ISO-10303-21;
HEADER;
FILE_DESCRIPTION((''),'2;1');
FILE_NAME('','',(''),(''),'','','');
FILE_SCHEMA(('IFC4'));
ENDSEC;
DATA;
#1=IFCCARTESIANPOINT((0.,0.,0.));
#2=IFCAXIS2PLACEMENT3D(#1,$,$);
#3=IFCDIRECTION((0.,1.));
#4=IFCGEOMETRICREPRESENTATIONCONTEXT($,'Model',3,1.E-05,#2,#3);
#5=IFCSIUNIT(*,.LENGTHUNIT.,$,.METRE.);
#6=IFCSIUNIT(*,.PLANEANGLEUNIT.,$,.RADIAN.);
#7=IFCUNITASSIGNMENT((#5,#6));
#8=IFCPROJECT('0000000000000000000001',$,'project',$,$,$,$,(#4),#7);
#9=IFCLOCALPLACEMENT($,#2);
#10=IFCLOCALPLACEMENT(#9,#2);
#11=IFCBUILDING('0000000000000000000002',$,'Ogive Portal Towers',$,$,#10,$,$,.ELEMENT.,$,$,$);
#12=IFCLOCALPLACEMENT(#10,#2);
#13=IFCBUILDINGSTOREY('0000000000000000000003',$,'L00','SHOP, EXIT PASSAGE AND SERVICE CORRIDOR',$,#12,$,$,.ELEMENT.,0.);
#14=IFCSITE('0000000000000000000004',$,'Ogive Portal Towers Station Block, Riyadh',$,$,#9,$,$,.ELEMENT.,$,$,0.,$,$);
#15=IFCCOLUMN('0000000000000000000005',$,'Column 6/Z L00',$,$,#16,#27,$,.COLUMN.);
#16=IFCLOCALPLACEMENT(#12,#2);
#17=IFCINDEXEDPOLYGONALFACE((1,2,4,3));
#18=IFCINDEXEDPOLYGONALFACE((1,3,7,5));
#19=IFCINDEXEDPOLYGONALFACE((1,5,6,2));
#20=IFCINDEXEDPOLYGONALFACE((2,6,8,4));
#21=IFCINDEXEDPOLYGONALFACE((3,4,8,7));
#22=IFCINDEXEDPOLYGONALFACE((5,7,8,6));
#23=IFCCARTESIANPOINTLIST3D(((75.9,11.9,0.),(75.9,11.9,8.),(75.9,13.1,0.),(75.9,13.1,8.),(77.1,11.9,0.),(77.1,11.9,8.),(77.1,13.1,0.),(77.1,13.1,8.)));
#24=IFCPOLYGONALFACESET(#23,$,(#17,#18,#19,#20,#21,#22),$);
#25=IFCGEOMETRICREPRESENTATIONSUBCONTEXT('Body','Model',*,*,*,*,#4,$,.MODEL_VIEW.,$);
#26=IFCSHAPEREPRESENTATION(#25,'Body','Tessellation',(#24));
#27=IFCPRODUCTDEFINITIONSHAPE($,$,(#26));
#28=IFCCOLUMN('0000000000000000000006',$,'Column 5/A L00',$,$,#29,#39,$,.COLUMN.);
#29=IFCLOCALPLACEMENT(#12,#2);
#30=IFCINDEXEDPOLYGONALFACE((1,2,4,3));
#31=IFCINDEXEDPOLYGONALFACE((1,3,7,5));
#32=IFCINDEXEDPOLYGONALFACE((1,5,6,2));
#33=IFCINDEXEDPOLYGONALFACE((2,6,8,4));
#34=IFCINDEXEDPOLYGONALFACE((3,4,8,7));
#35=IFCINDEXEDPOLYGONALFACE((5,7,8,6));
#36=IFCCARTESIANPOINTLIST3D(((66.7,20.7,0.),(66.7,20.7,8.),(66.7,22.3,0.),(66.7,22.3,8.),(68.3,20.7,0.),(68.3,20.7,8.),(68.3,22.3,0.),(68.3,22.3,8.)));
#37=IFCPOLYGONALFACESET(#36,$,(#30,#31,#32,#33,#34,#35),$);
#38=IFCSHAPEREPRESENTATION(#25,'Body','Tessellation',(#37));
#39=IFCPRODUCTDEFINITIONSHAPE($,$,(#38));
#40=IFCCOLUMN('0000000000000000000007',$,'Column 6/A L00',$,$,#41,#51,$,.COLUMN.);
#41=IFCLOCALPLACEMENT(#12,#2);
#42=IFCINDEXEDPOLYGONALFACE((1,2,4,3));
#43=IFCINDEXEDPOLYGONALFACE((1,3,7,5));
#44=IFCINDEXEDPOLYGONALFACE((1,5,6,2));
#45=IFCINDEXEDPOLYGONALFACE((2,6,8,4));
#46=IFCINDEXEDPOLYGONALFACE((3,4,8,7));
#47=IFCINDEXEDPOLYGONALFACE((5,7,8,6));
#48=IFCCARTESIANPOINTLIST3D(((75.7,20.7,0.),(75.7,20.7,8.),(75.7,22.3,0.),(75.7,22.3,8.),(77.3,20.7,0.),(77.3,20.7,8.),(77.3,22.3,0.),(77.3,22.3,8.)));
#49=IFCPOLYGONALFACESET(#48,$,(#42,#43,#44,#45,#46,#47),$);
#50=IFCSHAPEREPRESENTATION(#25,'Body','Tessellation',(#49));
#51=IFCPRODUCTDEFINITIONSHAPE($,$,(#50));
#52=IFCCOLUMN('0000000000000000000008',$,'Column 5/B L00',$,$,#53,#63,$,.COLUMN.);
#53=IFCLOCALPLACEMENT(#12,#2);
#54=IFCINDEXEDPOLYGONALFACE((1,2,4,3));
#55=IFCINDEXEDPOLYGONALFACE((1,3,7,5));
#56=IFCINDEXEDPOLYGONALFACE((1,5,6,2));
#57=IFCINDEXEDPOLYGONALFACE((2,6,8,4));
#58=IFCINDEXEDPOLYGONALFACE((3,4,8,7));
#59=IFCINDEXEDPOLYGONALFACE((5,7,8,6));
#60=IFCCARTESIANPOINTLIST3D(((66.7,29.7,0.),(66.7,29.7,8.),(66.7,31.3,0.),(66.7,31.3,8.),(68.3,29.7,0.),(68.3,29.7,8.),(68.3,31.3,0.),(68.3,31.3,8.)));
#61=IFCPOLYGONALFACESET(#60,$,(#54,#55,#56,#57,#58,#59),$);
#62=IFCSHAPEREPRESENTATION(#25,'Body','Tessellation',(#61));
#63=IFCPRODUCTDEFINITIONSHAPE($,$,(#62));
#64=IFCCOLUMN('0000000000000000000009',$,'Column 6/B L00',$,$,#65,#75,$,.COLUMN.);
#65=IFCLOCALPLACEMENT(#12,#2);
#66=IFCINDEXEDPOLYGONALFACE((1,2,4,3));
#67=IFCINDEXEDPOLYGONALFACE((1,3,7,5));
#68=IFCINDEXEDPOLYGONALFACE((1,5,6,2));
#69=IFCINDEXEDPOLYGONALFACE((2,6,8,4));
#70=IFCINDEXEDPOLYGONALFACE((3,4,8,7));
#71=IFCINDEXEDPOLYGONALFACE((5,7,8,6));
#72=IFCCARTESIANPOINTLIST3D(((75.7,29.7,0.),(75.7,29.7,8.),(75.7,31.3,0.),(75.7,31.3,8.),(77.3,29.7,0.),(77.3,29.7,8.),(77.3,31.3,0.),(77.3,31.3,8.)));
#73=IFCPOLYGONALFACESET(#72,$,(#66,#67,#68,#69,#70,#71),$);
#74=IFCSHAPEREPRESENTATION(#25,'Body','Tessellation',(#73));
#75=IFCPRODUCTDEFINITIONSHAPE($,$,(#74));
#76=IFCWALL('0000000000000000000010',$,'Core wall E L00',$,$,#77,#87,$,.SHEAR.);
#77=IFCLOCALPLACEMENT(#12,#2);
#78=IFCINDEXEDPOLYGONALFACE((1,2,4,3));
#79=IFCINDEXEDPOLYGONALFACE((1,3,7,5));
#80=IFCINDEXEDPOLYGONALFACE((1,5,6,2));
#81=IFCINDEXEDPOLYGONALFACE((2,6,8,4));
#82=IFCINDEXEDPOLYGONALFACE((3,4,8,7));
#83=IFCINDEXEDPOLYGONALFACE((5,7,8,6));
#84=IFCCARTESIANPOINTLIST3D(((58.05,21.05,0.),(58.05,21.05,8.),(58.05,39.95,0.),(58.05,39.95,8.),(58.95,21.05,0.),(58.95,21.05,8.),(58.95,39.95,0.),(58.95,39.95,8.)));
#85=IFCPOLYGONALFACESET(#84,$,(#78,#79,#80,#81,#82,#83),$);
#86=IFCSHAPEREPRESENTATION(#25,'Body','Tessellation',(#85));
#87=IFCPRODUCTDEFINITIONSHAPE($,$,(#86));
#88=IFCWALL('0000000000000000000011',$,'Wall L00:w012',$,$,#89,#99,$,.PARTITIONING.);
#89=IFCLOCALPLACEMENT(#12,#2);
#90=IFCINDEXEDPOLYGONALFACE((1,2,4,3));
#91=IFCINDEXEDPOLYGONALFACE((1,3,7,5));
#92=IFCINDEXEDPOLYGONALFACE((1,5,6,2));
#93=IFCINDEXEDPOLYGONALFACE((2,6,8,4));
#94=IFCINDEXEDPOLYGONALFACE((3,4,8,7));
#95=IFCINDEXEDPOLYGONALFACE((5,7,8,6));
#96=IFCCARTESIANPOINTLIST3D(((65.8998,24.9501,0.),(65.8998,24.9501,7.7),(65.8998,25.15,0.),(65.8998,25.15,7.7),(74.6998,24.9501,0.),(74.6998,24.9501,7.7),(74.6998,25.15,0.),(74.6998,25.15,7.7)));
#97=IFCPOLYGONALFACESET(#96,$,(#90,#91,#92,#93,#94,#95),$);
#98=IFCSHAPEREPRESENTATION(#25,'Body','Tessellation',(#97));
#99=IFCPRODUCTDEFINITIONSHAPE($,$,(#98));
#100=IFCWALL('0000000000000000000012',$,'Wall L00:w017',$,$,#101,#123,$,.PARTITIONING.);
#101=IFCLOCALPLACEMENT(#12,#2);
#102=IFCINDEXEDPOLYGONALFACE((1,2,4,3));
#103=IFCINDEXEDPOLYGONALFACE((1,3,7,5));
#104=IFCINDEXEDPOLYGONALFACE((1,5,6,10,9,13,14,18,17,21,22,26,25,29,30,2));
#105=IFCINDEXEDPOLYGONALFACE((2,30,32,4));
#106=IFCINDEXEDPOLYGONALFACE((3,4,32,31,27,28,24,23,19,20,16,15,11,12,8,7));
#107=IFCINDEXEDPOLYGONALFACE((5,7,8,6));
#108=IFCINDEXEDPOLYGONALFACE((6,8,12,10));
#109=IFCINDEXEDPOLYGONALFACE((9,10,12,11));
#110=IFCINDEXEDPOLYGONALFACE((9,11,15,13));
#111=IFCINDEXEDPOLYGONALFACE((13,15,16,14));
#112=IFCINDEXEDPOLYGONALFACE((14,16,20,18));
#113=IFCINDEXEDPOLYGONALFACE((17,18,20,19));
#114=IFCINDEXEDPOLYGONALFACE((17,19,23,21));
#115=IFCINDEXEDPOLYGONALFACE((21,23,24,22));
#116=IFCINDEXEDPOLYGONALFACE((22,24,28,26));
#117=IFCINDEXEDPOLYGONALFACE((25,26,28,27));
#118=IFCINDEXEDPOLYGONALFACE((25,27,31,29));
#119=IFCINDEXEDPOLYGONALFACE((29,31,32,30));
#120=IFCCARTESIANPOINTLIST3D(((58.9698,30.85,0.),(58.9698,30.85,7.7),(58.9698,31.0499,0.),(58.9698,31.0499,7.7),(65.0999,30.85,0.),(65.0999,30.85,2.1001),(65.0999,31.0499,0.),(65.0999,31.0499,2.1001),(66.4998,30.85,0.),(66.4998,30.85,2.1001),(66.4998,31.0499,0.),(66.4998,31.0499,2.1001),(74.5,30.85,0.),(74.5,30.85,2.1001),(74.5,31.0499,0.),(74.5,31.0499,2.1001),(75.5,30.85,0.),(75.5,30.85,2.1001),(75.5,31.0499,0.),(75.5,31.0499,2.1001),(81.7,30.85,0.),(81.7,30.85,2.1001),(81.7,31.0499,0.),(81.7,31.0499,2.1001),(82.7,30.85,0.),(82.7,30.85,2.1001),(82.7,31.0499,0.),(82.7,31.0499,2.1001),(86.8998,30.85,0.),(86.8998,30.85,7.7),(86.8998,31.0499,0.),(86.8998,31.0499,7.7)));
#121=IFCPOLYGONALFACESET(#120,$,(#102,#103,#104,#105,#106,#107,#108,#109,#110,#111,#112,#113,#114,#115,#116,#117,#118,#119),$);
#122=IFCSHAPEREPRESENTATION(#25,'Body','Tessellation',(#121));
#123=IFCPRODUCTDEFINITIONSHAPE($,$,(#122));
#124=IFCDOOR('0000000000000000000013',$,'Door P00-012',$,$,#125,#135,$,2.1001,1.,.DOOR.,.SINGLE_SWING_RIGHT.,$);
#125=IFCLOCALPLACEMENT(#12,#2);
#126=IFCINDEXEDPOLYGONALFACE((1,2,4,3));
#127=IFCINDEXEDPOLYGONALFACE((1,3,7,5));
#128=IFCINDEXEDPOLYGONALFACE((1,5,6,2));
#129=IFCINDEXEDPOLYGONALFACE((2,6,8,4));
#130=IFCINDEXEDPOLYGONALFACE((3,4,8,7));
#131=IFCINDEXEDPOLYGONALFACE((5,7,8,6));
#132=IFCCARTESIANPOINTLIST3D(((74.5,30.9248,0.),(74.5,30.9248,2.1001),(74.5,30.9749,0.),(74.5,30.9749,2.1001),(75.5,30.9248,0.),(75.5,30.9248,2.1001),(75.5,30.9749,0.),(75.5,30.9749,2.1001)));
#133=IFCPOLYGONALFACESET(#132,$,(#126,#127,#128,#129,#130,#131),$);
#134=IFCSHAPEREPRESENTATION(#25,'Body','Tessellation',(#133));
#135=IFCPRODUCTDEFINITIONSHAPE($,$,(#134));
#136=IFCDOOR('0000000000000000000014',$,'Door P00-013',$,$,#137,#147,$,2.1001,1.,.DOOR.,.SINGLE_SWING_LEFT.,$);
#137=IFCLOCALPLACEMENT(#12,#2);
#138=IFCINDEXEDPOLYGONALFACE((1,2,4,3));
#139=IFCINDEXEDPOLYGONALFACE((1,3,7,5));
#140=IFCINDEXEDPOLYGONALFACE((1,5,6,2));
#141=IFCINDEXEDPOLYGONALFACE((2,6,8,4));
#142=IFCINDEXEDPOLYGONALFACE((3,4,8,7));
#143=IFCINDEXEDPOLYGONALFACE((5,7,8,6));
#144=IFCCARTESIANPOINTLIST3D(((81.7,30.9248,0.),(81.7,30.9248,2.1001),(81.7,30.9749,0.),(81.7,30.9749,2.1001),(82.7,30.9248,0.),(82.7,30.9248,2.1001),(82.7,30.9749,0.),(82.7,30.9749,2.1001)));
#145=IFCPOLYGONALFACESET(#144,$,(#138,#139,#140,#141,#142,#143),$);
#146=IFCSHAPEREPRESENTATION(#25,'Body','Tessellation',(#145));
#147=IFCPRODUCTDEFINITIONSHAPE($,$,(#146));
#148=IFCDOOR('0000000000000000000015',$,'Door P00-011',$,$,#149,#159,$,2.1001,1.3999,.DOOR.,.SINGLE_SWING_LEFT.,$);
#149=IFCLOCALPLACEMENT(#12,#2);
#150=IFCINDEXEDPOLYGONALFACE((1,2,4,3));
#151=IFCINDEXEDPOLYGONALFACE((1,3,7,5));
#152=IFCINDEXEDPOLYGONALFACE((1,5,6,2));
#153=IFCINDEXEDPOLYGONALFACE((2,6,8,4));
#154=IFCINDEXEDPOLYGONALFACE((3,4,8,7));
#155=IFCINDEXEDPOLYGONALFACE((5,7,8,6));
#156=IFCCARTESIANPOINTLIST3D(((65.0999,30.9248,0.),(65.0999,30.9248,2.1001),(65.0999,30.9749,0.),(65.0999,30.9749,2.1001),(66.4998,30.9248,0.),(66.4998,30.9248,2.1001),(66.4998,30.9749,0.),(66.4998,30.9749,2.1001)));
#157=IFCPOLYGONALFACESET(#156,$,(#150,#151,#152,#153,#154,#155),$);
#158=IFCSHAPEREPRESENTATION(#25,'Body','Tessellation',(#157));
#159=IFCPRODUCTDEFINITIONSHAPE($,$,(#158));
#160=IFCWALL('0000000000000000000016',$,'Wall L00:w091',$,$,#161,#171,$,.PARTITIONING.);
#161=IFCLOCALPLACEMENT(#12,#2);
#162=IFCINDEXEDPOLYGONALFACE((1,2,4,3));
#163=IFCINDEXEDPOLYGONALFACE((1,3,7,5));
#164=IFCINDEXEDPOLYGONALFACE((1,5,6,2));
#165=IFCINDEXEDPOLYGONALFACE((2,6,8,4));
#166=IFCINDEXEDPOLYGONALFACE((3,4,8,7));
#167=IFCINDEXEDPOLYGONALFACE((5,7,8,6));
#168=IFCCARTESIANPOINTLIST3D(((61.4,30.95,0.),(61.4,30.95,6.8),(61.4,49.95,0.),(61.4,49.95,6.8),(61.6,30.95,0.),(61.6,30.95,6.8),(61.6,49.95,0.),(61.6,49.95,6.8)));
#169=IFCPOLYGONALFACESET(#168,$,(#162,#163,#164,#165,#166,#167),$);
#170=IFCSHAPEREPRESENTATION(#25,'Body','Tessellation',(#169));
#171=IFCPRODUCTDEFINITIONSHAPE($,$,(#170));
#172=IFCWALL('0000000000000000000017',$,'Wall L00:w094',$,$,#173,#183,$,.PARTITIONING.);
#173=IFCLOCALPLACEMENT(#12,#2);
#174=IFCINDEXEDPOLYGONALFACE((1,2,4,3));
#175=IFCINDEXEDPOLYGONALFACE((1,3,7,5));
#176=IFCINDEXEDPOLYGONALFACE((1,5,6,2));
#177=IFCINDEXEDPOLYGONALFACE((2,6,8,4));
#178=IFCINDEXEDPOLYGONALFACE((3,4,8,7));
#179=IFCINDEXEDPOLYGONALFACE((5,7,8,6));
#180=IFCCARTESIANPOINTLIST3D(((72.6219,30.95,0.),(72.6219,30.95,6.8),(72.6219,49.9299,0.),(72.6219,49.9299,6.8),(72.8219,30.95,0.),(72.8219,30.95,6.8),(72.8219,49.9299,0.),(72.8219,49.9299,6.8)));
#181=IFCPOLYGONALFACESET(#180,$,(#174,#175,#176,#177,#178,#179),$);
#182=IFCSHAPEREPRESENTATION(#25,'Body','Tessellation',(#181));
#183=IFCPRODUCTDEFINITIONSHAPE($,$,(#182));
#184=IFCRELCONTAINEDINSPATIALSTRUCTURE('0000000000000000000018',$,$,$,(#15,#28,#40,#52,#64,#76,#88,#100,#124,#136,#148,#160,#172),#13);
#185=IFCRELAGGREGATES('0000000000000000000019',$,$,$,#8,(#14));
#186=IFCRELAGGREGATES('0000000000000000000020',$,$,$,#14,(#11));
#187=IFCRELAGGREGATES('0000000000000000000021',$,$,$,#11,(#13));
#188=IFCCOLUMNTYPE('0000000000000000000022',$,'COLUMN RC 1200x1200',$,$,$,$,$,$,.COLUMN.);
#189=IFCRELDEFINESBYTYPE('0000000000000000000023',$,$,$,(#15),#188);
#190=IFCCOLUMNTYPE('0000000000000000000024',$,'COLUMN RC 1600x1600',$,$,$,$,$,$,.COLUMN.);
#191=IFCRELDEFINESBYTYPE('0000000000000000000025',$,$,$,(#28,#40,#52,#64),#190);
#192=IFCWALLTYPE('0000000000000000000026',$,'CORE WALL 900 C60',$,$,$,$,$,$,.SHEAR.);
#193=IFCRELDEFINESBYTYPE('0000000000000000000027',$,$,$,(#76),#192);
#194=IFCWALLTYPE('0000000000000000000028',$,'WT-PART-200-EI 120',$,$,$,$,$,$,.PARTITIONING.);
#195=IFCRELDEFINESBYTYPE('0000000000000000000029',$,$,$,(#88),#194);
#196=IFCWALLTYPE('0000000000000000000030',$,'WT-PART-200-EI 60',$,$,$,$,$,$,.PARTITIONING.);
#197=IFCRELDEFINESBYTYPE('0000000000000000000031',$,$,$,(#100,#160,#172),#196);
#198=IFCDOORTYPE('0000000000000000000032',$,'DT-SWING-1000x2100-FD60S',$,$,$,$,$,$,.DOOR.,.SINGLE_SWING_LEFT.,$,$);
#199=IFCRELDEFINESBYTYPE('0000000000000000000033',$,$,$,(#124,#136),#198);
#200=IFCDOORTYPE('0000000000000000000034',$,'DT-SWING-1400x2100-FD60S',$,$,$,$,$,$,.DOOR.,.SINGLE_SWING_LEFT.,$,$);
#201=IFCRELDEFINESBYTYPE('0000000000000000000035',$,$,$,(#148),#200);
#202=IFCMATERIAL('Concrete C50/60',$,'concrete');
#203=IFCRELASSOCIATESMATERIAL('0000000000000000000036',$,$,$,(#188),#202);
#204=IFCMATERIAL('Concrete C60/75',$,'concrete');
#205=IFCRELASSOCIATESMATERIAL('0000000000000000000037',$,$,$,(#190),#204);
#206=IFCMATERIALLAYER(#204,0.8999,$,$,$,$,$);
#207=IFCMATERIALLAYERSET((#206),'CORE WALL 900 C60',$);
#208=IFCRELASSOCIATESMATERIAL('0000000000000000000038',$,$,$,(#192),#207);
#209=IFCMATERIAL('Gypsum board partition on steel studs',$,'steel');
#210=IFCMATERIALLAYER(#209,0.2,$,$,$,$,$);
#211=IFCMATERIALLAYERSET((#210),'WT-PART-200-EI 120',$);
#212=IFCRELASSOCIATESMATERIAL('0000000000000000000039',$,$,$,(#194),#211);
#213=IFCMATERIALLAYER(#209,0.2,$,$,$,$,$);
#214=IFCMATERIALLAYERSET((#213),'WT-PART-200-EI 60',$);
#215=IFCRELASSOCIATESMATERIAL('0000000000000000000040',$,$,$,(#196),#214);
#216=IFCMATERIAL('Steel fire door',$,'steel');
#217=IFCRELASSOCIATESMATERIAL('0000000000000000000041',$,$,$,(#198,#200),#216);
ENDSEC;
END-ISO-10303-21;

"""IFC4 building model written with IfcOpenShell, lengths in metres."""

from ifc_helpers import new_model, si_unit, direction, frame, frame_2d, origin, origin_2d, place, context, subcontext, project, spatial, rectangle, extrude, material, layer, layer_set, material_profile, profile_set, type_object, element, fill, save


model = new_model("IFC4")

# Units and contexts
model_context = context("Model", 3, precision=1e-05, world=origin(), true_north=direction((0.0, 1.0)))
body_context = subcontext(model_context, "Body", "Model", "MODEL_VIEW")
ifc_project = project(units=[si_unit("LENGTHUNIT", "METRE"), si_unit("PLANEANGLEUNIT", "RADIAN")], contexts=[model_context])

# Site, building, storey
site_placement = place(None, origin())
site = spatial("IfcSite", under=ifc_project, at=site_placement, Name="Ogive Portal Towers Station Block, Riyadh", CompositionType="ELEMENT", RefElevation=0.0)
building_placement = place(site_placement, origin())
building = spatial("IfcBuilding", under=site, at=building_placement, Name="Ogive Portal Towers", CompositionType="ELEMENT")
storey_placement = place(building_placement, origin())
storey = spatial("IfcBuildingStorey", under=building, at=storey_placement, Name="L00", Description="SHOP, EXIT PASSAGE AND SERVICE CORRIDOR", CompositionType="ELEMENT", Elevation=0.0)

# Columns
ifc_material_1 = material(Name="Concrete C50/60", Category="concrete")
ifc_material_profile_1 = material_profile(ifc_material_1, rectangle(XDim=1.2, YDim=1.2, at=origin_2d()), Name="RC 1200x1200")
ifc_profile_set_1 = profile_set([ifc_material_profile_1], Name="Concrete C50/60")
column_type_1 = type_object("IfcColumnType", Name="COLUMN RC 1200x1200", PredefinedType="COLUMN", material=ifc_profile_set_1)
column_placement = place(storey_placement, frame((76.5, 12.5, 0.0), z_axis=(0.0, 0.0, 1.0), x_axis=(1.0, 0.0, 0.0)))
element("IfcColumn", 1, at=column_placement, inside=storey, type_object=column_type_1, Name="Column 6/Z L00", PredefinedType="COLUMN", context=body_context, shape_type="SweptSolid", body=[
    extrude(rectangle(XDim=1.2, YDim=1.2, at=origin_2d()), origin(), (0.0, 0.0, 1.0), 8.0),
])
ifc_material_2 = material(Name="Concrete C60/75", Category="concrete")
ifc_material_profile_2 = material_profile(ifc_material_2, rectangle(XDim=1.6001, YDim=1.6001, at=origin_2d()), Name="RC 1600x1600")
ifc_profile_set_2 = profile_set([ifc_material_profile_2], Name="Concrete C60/75")
column_type_2 = type_object("IfcColumnType", Name="COLUMN RC 1600x1600", PredefinedType="COLUMN", material=ifc_profile_set_2)
for number, where, z_axis, x_axis, name in (
    (2, (67.5, 21.5, 0.0), (0.0, 0.0, 1.0), (1.0, 0.0, 0.0), "Column 5/A L00"),
    (3, (76.5, 21.5, 0.0), (0.0, 0.0, 1.0), (1.0, 0.0, 0.0), "Column 6/A L00"),
    (4, (67.5, 30.5, 0.0), (0.0, 0.0, 1.0), (1.0, 0.0, 0.0), "Column 5/B L00"),
    (5, (76.5, 30.5, 0.0), (0.0, 0.0, 1.0), (1.0, 0.0, 0.0), "Column 6/B L00"),
):
    element("IfcColumn", number, at=place(storey_placement, frame(where, z_axis=z_axis, x_axis=x_axis)), inside=storey, type_object=column_type_2, Name=name, PredefinedType="COLUMN", context=body_context, shape_type="SweptSolid", body=[
        extrude(rectangle(XDim=1.6001, YDim=1.6001, at=origin_2d()), origin(), (0.0, 0.0, 1.0), 8.0),
    ])

# Walls
ifc_layer_1 = layer(ifc_material_2, 0.8999)
ifc_layer_set_1 = layer_set([ifc_layer_1], Name="CORE WALL 900 C60")
wall_type_1 = type_object("IfcWallType", Name="CORE WALL 900 C60", PredefinedType="SHEAR", material=ifc_layer_set_1)
wall_1_placement = place(storey_placement, frame((58.5, 21.05, 0.0), z_axis=(0.0, 0.0, 1.0), x_axis=(0.0, 1.0, 0.0)))
element("IfcWall", 6, at=wall_1_placement, inside=storey, type_object=wall_type_1, Name="Core wall E L00", PredefinedType="SHEAR", context=body_context, shape_type="SweptSolid", body=[
    extrude(rectangle(XDim=18.8999, YDim=0.8999, at=frame_2d((9.45, 0.0))), origin(), (0.0, 0.0, 1.0), 8.0),
])
ifc_material_3 = material(Name="Gypsum board partition on steel studs", Category="steel")
ifc_layer_2 = layer(ifc_material_3, 0.2)
ifc_layer_set_2 = layer_set([ifc_layer_2], Name="WT-PART-200-EI 120")
wall_type_2 = type_object("IfcWallType", Name="WT-PART-200-EI 120", PredefinedType="PARTITIONING", material=ifc_layer_set_2)
wall_2_placement = place(storey_placement, frame((65.8999, 25.05, 0.0), z_axis=(0.0, 0.0, 1.0), x_axis=(1.0, 0.0, 0.0)))
element("IfcWall", 7, at=wall_2_placement, inside=storey, type_object=wall_type_2, Name="Wall L00:w012", PredefinedType="PARTITIONING", context=body_context, shape_type="SweptSolid", body=[
    extrude(rectangle(XDim=8.8, YDim=0.2, at=frame_2d((4.3999, 0.0))), origin(), (0.0, 0.0, 1.0), 7.7),
])

# Wall, openings, doors
ifc_layer_3 = layer(ifc_material_3, 0.2)
ifc_layer_set_3 = layer_set([ifc_layer_3], Name="WT-PART-200-EI 60")
wall_type_3 = type_object("IfcWallType", Name="WT-PART-200-EI 60", PredefinedType="PARTITIONING", material=ifc_layer_set_3)
wall_3_placement = place(storey_placement, frame((58.97, 30.95, 0.0), z_axis=(0.0, 0.0, 1.0), x_axis=(1.0, 0.0, 0.0)))
wall_3 = element("IfcWall", 8, at=wall_3_placement, inside=storey, type_object=wall_type_3, Name="Wall L00:w017", PredefinedType="PARTITIONING", context=body_context, shape_type="SweptSolid", body=[
    extrude(rectangle(XDim=27.9299, YDim=0.2, at=frame_2d((13.9648, 0.0))), origin(), (0.0, 0.0, 1.0), 7.7),
])
opening_1_placement = place(wall_3_placement, frame((6.1299, 0.0, 0.0)))
opening_1 = element("IfcOpeningElement", 9, at=opening_1_placement, cuts=wall_3, PredefinedType="OPENING", context=body_context, shape_type="SweptSolid", body=[
    extrude(rectangle(XDim=1.3999, YDim=2.1001, at=frame_2d((0.7, 1.05))), frame((0.0, 0.1099, 0.0), z_axis=(0.0, -1.0, 0.0), x_axis=(1.0, 0.0, 0.0)), (0.0, 0.0, 1.0), 0.22),
])
opening_2_placement = place(wall_3_placement, frame((15.53, 0.0, 0.0)))
opening_2 = element("IfcOpeningElement", 10, at=opening_2_placement, cuts=wall_3, PredefinedType="OPENING", context=body_context, shape_type="SweptSolid", body=[
    extrude(rectangle(XDim=1.0, YDim=2.1001, at=frame_2d((0.5, 1.05))), frame((0.0, 0.1099, 0.0), z_axis=(0.0, -1.0, 0.0), x_axis=(1.0, 0.0, 0.0)), (0.0, 0.0, 1.0), 0.22),
])
opening_3_placement = place(wall_3_placement, frame((22.73, 0.0, 0.0)))
opening_3 = element("IfcOpeningElement", 11, at=opening_3_placement, cuts=wall_3, PredefinedType="OPENING", context=body_context, shape_type="SweptSolid", body=[
    extrude(rectangle(XDim=1.0, YDim=2.1001, at=frame_2d((0.5, 1.05))), frame((0.0, 0.1099, 0.0), z_axis=(0.0, -1.0, 0.0), x_axis=(1.0, 0.0, 0.0)), (0.0, 0.0, 1.0), 0.22),
])
ifc_material_4 = material(Name="Steel fire door", Category="steel")
door_type_1 = type_object("IfcDoorType", Name="DT-SWING-1000x2100-FD60S", OperationType="SINGLE_SWING_LEFT", PredefinedType="DOOR", material=ifc_material_4)
door_1_placement = place(opening_2_placement, origin())
door_1 = element("IfcDoor", 12, at=door_1_placement, inside=storey, type_object=door_type_1, Name="Door P00-012", OperationType="SINGLE_SWING_RIGHT", OverallHeight=2.1001, OverallWidth=1.0, PredefinedType="DOOR", context=body_context, shape_type="SweptSolid", body=[
    extrude(rectangle(XDim=1.0, YDim=2.1001, at=frame_2d((0.5, 1.05))), frame((0.0, 0.0249, 0.0), z_axis=(0.0, -1.0, 0.0), x_axis=(1.0, 0.0, 0.0)), (0.0, 0.0, 1.0), 0.05),
])
fill(opening_2, door_1)
door_2_placement = place(opening_3_placement, origin())
door_2 = element("IfcDoor", 13, at=door_2_placement, inside=storey, type_object=door_type_1, Name="Door P00-013", OperationType="SINGLE_SWING_LEFT", OverallHeight=2.1001, OverallWidth=1.0, PredefinedType="DOOR", context=body_context, shape_type="SweptSolid", body=[
    extrude(rectangle(XDim=1.0, YDim=2.1001, at=frame_2d((0.5, 1.05))), frame((0.0, 0.0249, 0.0), z_axis=(0.0, -1.0, 0.0), x_axis=(1.0, 0.0, 0.0)), (0.0, 0.0, 1.0), 0.05),
])
fill(opening_3, door_2)
door_type_2 = type_object("IfcDoorType", Name="DT-SWING-1400x2100-FD60S", OperationType="SINGLE_SWING_LEFT", PredefinedType="DOOR", material=ifc_material_4)
door_3_placement = place(opening_1_placement, origin())
door_3 = element("IfcDoor", 14, at=door_3_placement, inside=storey, type_object=door_type_2, Name="Door P00-011", OperationType="SINGLE_SWING_LEFT", OverallHeight=2.1001, OverallWidth=1.3999, PredefinedType="DOOR", context=body_context, shape_type="SweptSolid", body=[
    extrude(rectangle(XDim=1.3999, YDim=2.1001, at=frame_2d((0.7, 1.05))), frame((0.0, 0.0249, 0.0), z_axis=(0.0, -1.0, 0.0), x_axis=(1.0, 0.0, 0.0)), (0.0, 0.0, 1.0), 0.05),
])
fill(opening_1, door_3)

# Walls
wall_4_placement = place(storey_placement, frame((61.5, 30.95, 0.0), z_axis=(0.0, 0.0, 1.0), x_axis=(0.0, 1.0, 0.0)))
element("IfcWall", 15, at=wall_4_placement, inside=storey, type_object=wall_type_3, Name="Wall L00:w091", PredefinedType="PARTITIONING", context=body_context, shape_type="SweptSolid", body=[
    extrude(rectangle(XDim=19.0, YDim=0.2, at=frame_2d((9.5, 0.0))), origin(), (0.0, 0.0, 1.0), 6.8),
])
wall_5_placement = place(storey_placement, frame((72.7219, 30.95, 0.0), z_axis=(0.0, 0.0, 1.0), x_axis=(0.0, 1.0, 0.0)))
element("IfcWall", 16, at=wall_5_placement, inside=storey, type_object=wall_type_3, Name="Wall L00:w094", PredefinedType="PARTITIONING", context=body_context, shape_type="SweptSolid", body=[
    extrude(rectangle(XDim=18.98, YDim=0.2, at=frame_2d((9.49, 0.0))), origin(), (0.0, 0.0, 1.0), 6.8),
])

save(model, "model.ifc")
